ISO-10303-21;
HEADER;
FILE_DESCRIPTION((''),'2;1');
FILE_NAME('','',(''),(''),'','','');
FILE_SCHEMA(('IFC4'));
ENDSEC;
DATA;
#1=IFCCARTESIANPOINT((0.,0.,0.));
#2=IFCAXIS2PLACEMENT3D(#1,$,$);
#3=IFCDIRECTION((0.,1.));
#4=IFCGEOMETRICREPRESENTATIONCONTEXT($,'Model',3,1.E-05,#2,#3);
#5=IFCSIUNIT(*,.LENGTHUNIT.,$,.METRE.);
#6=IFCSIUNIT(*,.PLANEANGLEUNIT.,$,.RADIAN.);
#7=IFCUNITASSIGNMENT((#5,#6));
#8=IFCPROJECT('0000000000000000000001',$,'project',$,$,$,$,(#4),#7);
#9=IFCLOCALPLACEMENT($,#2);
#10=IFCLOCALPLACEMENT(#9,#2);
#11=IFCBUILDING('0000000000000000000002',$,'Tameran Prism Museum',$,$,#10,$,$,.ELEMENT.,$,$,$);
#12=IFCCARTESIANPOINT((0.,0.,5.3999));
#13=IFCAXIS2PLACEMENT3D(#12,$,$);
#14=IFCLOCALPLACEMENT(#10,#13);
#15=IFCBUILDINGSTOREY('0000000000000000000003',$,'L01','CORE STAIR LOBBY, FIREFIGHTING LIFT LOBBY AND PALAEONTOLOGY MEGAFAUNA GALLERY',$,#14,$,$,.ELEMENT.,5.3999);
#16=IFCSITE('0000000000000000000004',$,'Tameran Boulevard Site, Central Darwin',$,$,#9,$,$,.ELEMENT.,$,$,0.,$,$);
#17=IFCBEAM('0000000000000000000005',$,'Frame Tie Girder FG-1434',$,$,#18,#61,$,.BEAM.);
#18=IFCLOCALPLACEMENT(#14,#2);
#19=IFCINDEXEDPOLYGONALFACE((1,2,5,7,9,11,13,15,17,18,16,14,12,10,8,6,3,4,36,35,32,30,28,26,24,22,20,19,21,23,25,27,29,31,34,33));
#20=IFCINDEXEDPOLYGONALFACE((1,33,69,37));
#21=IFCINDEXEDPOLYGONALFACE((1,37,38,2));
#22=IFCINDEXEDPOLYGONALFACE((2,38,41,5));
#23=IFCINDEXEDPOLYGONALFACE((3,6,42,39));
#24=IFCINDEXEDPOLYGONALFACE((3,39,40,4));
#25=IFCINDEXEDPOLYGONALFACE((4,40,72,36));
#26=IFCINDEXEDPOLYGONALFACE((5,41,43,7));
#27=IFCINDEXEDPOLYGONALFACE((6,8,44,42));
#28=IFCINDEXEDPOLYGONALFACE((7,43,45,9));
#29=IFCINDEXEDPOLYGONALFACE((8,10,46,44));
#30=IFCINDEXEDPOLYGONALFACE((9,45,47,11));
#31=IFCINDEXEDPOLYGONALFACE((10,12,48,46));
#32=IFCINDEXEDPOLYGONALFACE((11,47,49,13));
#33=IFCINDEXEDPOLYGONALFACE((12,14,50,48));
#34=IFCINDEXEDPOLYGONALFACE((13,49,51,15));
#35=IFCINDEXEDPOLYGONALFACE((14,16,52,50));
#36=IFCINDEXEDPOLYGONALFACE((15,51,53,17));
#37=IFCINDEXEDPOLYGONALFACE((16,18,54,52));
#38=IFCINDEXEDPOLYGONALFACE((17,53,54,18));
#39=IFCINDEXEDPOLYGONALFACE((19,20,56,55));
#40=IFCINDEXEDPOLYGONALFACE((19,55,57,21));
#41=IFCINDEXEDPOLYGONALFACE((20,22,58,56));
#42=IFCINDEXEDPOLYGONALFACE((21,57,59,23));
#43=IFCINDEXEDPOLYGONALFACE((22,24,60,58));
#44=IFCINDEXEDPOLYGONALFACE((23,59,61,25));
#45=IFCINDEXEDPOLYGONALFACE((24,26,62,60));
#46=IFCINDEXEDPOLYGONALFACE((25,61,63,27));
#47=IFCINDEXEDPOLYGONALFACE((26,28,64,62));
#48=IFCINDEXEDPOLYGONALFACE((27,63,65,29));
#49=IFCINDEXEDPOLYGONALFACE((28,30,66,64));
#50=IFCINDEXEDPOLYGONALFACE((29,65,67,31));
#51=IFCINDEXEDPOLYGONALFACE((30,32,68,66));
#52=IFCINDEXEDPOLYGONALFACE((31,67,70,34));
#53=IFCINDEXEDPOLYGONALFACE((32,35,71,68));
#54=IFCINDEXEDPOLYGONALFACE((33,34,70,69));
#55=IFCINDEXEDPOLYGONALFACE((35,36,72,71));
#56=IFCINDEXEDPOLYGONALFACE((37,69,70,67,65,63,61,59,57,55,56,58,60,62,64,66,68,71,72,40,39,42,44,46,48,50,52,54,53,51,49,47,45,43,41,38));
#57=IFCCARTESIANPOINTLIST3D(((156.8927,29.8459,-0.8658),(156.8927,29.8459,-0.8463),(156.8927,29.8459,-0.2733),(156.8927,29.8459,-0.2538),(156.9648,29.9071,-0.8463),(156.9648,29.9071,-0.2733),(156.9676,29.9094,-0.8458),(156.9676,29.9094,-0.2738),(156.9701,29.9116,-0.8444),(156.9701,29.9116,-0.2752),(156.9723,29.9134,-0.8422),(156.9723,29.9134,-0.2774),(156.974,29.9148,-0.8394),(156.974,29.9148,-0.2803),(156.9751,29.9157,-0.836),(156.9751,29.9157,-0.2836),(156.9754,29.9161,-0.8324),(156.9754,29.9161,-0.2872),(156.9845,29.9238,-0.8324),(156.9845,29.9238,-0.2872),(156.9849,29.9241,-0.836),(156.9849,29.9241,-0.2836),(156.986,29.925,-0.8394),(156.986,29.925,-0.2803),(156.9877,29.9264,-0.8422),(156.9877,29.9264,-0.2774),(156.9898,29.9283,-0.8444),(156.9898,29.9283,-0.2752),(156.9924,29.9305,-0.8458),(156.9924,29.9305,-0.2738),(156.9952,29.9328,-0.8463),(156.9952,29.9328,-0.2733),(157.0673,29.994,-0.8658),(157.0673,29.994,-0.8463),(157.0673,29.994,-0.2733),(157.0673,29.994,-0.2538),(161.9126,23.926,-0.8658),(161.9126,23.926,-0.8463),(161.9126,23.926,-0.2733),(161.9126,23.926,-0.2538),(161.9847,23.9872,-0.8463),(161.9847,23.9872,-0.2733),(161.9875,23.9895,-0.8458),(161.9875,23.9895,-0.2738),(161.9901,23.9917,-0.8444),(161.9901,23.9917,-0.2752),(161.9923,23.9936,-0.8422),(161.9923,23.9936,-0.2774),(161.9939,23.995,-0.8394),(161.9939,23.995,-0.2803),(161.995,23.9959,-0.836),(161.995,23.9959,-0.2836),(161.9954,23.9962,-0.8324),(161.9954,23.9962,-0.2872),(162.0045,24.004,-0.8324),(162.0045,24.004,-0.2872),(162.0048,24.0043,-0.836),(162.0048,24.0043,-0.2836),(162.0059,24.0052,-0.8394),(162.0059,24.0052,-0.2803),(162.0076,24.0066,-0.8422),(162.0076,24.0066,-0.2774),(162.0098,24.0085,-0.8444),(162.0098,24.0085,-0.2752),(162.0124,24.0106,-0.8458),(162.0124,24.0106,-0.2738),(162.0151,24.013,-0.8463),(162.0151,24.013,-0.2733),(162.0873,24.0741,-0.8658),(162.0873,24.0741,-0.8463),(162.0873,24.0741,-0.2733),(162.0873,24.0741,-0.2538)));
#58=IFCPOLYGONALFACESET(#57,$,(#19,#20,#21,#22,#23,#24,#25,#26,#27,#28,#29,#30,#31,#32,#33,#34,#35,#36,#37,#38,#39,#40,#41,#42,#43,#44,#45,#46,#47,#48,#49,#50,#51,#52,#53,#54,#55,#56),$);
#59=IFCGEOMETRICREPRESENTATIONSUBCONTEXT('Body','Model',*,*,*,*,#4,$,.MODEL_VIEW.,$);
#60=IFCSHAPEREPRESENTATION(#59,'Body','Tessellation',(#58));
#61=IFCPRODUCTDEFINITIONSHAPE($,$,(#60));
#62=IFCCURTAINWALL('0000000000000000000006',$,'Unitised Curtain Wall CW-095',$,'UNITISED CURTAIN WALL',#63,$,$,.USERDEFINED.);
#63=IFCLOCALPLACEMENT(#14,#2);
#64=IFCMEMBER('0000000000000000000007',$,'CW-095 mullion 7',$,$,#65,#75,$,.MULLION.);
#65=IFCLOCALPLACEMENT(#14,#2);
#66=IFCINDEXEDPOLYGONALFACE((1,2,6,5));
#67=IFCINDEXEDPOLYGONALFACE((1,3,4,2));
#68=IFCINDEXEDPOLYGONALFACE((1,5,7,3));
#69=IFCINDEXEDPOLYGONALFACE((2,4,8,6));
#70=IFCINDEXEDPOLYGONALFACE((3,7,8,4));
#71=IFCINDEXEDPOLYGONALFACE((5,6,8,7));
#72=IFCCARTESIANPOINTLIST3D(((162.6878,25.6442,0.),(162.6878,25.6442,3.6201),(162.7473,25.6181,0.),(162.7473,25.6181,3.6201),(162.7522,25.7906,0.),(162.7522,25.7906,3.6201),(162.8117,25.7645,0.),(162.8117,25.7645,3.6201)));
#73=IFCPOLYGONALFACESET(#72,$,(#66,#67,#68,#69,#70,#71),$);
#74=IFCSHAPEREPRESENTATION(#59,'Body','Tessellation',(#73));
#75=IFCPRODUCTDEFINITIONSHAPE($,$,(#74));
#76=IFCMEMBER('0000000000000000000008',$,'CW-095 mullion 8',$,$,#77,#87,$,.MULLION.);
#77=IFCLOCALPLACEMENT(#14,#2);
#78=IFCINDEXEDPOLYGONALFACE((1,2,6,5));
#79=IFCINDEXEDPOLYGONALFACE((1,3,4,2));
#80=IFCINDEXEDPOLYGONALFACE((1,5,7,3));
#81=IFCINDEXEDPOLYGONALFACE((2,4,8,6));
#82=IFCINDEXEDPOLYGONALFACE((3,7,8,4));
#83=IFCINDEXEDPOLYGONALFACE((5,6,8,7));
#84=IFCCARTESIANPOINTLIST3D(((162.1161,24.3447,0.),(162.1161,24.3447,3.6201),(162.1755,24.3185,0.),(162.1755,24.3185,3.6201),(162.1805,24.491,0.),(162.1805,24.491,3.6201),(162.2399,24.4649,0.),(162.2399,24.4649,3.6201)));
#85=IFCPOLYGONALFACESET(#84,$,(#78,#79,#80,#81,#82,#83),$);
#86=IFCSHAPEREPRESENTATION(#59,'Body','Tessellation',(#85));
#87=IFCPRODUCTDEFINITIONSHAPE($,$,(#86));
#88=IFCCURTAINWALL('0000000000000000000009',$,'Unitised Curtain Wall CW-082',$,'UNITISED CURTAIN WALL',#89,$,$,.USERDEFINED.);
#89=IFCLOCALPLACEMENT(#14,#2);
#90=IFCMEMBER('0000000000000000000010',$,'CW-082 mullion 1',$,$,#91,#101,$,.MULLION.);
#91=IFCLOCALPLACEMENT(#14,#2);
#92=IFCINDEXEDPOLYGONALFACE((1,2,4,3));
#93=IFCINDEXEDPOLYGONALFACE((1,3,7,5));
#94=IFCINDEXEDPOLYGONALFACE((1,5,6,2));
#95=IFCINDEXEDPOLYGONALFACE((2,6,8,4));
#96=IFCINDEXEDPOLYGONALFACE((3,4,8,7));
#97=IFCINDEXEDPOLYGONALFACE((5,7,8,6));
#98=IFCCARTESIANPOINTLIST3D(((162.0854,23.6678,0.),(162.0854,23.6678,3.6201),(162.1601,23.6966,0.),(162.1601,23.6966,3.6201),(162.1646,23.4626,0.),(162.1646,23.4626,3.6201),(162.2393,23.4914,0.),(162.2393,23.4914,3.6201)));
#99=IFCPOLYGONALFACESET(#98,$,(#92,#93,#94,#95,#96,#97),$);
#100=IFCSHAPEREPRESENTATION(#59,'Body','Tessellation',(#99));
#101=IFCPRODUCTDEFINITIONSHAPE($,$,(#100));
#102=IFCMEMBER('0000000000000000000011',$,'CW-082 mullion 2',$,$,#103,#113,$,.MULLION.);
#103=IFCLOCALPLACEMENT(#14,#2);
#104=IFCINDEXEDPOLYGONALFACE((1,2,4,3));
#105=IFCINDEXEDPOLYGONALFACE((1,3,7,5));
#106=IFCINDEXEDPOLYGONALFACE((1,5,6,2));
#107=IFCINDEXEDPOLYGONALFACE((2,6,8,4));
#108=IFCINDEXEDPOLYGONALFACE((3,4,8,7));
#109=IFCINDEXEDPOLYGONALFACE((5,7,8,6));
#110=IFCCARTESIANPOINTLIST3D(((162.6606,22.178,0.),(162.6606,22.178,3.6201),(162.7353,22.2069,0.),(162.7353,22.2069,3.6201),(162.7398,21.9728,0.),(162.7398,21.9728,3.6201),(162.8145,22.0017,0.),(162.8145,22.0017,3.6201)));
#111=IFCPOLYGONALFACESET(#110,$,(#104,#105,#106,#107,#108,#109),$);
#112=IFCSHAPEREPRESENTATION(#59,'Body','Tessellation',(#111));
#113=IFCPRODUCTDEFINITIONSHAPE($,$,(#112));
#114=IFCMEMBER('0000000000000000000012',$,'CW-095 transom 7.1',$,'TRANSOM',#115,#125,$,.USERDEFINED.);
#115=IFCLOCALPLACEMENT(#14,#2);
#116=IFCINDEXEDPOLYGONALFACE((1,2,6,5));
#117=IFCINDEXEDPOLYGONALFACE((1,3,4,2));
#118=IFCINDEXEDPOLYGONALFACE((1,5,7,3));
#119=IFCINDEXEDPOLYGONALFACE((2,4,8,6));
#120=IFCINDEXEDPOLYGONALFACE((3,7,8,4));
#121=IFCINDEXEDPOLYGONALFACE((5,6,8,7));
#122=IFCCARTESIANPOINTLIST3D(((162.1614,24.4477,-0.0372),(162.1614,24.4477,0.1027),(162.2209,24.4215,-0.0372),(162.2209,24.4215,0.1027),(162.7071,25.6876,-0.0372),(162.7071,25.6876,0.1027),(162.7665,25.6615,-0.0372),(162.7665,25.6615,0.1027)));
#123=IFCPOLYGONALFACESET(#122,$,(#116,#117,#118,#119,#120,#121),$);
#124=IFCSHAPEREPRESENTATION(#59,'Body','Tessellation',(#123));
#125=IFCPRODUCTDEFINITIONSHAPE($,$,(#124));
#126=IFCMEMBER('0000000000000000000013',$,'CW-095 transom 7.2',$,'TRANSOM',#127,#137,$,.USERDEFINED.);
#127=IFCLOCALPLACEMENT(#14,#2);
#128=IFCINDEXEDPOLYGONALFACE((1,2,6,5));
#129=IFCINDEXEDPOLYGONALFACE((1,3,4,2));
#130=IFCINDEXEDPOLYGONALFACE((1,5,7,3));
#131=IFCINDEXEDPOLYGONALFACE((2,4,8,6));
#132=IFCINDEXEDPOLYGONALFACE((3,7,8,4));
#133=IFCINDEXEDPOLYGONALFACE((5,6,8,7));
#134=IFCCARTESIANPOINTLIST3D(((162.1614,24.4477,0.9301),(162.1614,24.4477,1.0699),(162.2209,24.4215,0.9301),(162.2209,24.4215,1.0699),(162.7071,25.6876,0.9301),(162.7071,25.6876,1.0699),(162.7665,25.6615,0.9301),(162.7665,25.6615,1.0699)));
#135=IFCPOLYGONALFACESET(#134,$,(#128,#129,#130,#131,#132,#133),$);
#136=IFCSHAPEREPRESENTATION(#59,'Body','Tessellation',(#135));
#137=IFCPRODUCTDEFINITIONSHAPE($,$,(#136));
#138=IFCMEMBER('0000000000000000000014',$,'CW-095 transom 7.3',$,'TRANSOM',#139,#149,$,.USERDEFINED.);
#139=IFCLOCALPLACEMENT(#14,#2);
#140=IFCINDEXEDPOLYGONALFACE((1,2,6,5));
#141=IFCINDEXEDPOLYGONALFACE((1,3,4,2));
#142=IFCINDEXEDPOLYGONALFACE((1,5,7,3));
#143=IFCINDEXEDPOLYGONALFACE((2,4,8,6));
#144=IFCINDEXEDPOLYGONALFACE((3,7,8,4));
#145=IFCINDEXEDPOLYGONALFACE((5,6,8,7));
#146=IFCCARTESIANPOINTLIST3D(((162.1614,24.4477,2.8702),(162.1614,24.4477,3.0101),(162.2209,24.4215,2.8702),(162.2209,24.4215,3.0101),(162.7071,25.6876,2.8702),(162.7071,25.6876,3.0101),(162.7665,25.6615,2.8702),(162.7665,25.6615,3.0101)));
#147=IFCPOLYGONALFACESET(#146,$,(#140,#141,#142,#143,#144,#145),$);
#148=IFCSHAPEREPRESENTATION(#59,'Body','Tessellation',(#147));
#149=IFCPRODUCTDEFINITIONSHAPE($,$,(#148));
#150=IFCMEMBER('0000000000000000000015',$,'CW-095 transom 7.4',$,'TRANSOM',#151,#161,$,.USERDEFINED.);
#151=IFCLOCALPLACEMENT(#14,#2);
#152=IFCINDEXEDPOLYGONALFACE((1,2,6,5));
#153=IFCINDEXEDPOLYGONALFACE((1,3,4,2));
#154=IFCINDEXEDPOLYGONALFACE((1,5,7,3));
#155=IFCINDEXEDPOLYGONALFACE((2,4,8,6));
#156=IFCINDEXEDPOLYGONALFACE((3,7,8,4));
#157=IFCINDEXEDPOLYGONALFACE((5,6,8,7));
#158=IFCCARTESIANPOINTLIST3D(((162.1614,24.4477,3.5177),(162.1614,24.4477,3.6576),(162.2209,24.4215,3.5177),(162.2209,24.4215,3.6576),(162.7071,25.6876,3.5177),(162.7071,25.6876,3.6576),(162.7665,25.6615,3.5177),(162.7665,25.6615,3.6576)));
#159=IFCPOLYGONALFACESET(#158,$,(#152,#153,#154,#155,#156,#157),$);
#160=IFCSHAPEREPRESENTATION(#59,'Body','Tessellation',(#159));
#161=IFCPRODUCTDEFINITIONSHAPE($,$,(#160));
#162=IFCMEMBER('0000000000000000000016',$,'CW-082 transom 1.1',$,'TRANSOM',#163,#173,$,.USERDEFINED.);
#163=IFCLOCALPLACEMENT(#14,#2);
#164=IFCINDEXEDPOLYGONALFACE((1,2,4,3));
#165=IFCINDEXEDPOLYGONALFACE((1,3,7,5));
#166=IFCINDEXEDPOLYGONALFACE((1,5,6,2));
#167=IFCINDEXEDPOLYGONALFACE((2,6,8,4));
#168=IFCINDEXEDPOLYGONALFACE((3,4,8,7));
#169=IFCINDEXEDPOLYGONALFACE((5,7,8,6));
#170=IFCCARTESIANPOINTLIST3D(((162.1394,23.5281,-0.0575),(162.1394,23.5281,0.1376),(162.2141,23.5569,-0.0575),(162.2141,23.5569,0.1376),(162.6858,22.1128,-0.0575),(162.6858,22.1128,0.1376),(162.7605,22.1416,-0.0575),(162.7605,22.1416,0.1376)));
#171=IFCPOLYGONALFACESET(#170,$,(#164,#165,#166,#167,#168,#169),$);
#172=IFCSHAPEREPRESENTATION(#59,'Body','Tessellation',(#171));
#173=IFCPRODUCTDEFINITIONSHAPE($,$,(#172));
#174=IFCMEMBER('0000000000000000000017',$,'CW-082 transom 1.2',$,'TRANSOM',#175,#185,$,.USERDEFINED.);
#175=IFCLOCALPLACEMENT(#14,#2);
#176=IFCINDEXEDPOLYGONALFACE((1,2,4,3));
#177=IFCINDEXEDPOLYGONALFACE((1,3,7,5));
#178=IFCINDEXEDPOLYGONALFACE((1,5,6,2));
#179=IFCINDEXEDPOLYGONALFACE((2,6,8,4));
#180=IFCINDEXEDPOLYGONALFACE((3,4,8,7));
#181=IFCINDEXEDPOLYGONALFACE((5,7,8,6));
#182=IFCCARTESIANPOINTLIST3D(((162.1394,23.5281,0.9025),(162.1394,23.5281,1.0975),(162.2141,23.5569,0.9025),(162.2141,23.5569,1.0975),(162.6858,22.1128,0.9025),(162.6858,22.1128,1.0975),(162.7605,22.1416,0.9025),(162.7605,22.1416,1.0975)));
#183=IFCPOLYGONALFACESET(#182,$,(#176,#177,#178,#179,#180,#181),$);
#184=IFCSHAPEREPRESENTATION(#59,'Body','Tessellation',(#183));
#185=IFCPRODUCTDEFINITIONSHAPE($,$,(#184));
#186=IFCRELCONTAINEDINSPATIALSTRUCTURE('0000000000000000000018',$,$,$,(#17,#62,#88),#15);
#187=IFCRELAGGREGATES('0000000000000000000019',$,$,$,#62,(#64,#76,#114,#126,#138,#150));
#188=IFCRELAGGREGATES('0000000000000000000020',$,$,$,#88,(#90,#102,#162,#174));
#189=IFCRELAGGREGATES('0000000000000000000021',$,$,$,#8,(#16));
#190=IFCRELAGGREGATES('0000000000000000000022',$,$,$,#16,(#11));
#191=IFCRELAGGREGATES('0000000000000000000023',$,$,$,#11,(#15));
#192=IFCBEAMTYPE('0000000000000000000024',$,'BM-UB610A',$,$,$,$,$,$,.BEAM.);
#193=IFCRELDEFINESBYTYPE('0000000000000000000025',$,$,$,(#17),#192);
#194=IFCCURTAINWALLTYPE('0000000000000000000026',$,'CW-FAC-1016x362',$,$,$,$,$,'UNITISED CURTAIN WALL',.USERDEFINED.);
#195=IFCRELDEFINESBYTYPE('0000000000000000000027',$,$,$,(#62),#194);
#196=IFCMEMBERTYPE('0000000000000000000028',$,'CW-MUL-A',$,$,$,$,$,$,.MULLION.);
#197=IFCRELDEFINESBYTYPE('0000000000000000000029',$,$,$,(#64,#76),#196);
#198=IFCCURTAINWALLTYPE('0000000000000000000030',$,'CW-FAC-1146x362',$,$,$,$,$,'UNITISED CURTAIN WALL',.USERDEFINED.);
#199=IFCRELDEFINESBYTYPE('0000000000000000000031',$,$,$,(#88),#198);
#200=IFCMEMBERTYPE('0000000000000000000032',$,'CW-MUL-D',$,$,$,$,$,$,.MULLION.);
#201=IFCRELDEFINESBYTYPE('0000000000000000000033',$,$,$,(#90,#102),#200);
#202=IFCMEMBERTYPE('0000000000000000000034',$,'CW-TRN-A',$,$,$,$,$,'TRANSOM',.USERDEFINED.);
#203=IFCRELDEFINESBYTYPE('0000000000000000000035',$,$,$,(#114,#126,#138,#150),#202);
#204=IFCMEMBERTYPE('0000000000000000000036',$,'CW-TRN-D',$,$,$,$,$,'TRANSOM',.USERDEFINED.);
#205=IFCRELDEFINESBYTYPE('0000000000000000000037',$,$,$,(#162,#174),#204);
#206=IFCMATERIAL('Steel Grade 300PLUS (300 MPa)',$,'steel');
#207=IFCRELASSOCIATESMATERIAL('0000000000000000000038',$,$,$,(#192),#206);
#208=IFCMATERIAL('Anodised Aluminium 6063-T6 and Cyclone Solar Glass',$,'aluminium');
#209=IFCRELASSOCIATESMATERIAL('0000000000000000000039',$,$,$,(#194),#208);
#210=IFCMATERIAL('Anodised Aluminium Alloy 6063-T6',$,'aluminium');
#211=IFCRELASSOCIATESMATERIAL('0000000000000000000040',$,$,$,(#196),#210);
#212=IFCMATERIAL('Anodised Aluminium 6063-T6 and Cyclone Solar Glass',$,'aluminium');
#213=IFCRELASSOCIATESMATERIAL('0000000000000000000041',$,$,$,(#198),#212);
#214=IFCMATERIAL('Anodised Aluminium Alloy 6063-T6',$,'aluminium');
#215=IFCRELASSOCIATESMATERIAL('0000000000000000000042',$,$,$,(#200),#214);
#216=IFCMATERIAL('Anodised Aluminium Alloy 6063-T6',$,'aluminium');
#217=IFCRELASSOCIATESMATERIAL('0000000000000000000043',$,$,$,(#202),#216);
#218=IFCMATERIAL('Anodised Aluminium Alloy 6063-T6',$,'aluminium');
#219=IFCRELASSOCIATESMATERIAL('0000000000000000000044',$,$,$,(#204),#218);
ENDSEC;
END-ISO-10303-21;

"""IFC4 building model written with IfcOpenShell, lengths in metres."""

from ifc_helpers import new_model, si_unit, direction, frame, origin, origin_2d, place, context, subcontext, project, spatial, rectangle, i_section, extrude, material, material_profile, profile_set, type_object, element, aggregate, save


model = new_model("IFC4")

# Units and contexts
model_context = context("Model", 3, precision=1e-05, world=origin(), true_north=direction((0.0, 1.0)))
body_context = subcontext(model_context, "Body", "Model", "MODEL_VIEW")
ifc_project = project(units=[si_unit("LENGTHUNIT", "METRE"), si_unit("PLANEANGLEUNIT", "RADIAN")], contexts=[model_context])

# Site, building, storey
site_placement = place(None, origin())
site = spatial("IfcSite", under=ifc_project, at=site_placement, Name="Tameran Boulevard Site, Central Darwin", CompositionType="ELEMENT", RefElevation=0.0)
building_placement = place(site_placement, origin())
building = spatial("IfcBuilding", under=site, at=building_placement, Name="Tameran Prism Museum", CompositionType="ELEMENT")
storey_placement = place(building_placement, frame((0.0, 0.0, 5.3999)))
storey = spatial("IfcBuildingStorey", under=building, at=storey_placement, Name="L01", Description="CORE STAIR LOBBY, FIREFIGHTING LIFT LOBBY AND PALAEONTOLOGY MEGAFAUNA GALLERY", CompositionType="ELEMENT", Elevation=5.3999)

# Beam
ifc_material_1 = material(Name="Steel Grade 300PLUS (300 MPa)", Category="steel")
ifc_material_profile_1 = material_profile(ifc_material_1, i_section(OverallWidth=0.229, OverallDepth=0.6121, WebThickness=0.012, FlangeThickness=0.0195, FilletRadius=0.0139, at=origin_2d()))
ifc_profile_set_1 = profile_set([ifc_material_profile_1])
beam_type_1 = type_object("IfcBeamType", Name="BM-UB610A", PredefinedType="BEAM", material=ifc_profile_set_1)
beam_1_placement = place(storey_placement, frame((156.98, 29.9199, -0.5598), z_axis=(0.646757, -0.762696, 0.0), x_axis=(0.762696, 0.646757, 0.0)))
element("IfcBeam", 1, at=beam_1_placement, inside=storey, type_object=beam_type_1, Name="Frame Tie Girder FG-1434", PredefinedType="BEAM", context=body_context, shape_type="SweptSolid", body=[
    extrude(i_section(OverallWidth=0.229, OverallDepth=0.6121, WebThickness=0.012, FlangeThickness=0.0195, FilletRadius=0.0139, at=origin_2d()), origin(), (0.0, 0.0, 1.0), 7.7617),
])

# Curtain walls, members
ifc_material_2 = material(Name="Anodised Aluminium 6063-T6 and Cyclone Solar Glass", Category="aluminium")
curtain_wall_type_1 = type_object("IfcCurtainWallType", Name="CW-FAC-1016x362", ElementType="UNITISED CURTAIN WALL", PredefinedType="USERDEFINED", material=ifc_material_2)
curtain_wall_1_placement = place(storey_placement, origin())
curtain_wall_1 = element("IfcCurtainWall", 2, at=curtain_wall_1_placement, inside=storey, type_object=curtain_wall_type_1, Name="Unitised Curtain Wall CW-095", ObjectType="UNITISED CURTAIN WALL", PredefinedType="USERDEFINED")
ifc_material_3 = material(Name="Anodised Aluminium Alloy 6063-T6", Category="aluminium")
ifc_material_profile_2 = material_profile(ifc_material_3, rectangle(XDim=0.0649, YDim=0.1599, at=origin_2d()))
ifc_profile_set_2 = profile_set([ifc_material_profile_2])
member_type_1 = type_object("IfcMemberType", Name="CW-MUL-A", PredefinedType="MULLION", material=ifc_profile_set_2)
member_1_placement = place(storey_placement, frame((162.7498, 25.7043, 0.0), z_axis=(0.0, 0.0, 1.0), x_axis=(0.915322, -0.402722, 0.0)))
member_1 = element("IfcMember", 3, at=member_1_placement, type_object=member_type_1, Name="CW-095 mullion 7", PredefinedType="MULLION", context=body_context, shape_type="SweptSolid", body=[
    extrude(rectangle(XDim=0.0649, YDim=0.1599, at=origin_2d()), origin(), (0.0, 0.0, 1.0), 3.6201),
])
member_2_placement = place(storey_placement, frame((162.178, 24.4048, 0.0), z_axis=(0.0, 0.0, 1.0), x_axis=(0.915322, -0.402722, 0.0)))
member_2 = element("IfcMember", 4, at=member_2_placement, type_object=member_type_1, Name="CW-095 mullion 8", PredefinedType="MULLION", context=body_context, shape_type="SweptSolid", body=[
    extrude(rectangle(XDim=0.0649, YDim=0.1599, at=origin_2d()), origin(), (0.0, 0.0, 1.0), 3.6201),
])
ifc_material_4 = material(Name="Anodised Aluminium 6063-T6 and Cyclone Solar Glass", Category="aluminium")
curtain_wall_type_2 = type_object("IfcCurtainWallType", Name="CW-FAC-1146x362", ElementType="UNITISED CURTAIN WALL", PredefinedType="USERDEFINED", material=ifc_material_4)
curtain_wall_2_placement = place(storey_placement, origin())
curtain_wall_2 = element("IfcCurtainWall", 5, at=curtain_wall_2_placement, inside=storey, type_object=curtain_wall_type_2, Name="Unitised Curtain Wall CW-082", ObjectType="UNITISED CURTAIN WALL", PredefinedType="USERDEFINED")
ifc_material_5 = material(Name="Anodised Aluminium Alloy 6063-T6", Category="aluminium")
ifc_material_profile_3 = material_profile(ifc_material_5, rectangle(XDim=0.0801, YDim=0.22, at=origin_2d()))
ifc_profile_set_3 = profile_set([ifc_material_profile_3])
member_type_2 = type_object("IfcMemberType", Name="CW-MUL-D", PredefinedType="MULLION", material=ifc_profile_set_3)
member_3_placement = place(storey_placement, frame((162.1624, 23.5796, 0.0), z_axis=(0.0, 0.0, 1.0), x_axis=(0.932922, 0.360078, 0.0)))
member_3 = element("IfcMember", 6, at=member_3_placement, type_object=member_type_2, Name="CW-082 mullion 1", PredefinedType="MULLION", context=body_context, shape_type="SweptSolid", body=[
    extrude(rectangle(XDim=0.0801, YDim=0.22, at=origin_2d()), origin(), (0.0, 0.0, 1.0), 3.6201),
])
member_4_placement = place(storey_placement, frame((162.7375, 22.0898, 0.0), z_axis=(0.0, 0.0, 1.0), x_axis=(0.932922, 0.360078, 0.0)))
member_4 = element("IfcMember", 7, at=member_4_placement, type_object=member_type_2, Name="CW-082 mullion 2", PredefinedType="MULLION", context=body_context, shape_type="SweptSolid", body=[
    extrude(rectangle(XDim=0.0801, YDim=0.22, at=origin_2d()), origin(), (0.0, 0.0, 1.0), 3.6201),
])

# Members
ifc_material_6 = material(Name="Anodised Aluminium Alloy 6063-T6", Category="aluminium")
ifc_material_profile_4 = material_profile(ifc_material_6, rectangle(XDim=0.0649, YDim=0.1399, at=origin_2d()))
ifc_profile_set_4 = profile_set([ifc_material_profile_4])
member_type_3 = type_object("IfcMemberType", Name="CW-TRN-A", ElementType="TRANSOM", PredefinedType="USERDEFINED", material=ifc_profile_set_4)
member_5_placement = place(storey_placement, frame((162.7368, 25.6746, 0.0327), z_axis=(-0.402775, -0.915299, 0.0), x_axis=(0.915299, -0.402775, 0.0)))
member_5 = element("IfcMember", 8, at=member_5_placement, type_object=member_type_3, Name="CW-095 transom 7.1", ObjectType="TRANSOM", PredefinedType="USERDEFINED", context=body_context, shape_type="SweptSolid", body=[
    extrude(rectangle(XDim=0.0649, YDim=0.1399, at=origin_2d()), origin(), (0.0, 0.0, 1.0), 1.3547),
])
member_6_placement = place(storey_placement, frame((162.7368, 25.6746, 1.0), z_axis=(-0.402775, -0.915299, 0.0), x_axis=(0.915299, -0.402775, 0.0)))
member_6 = element("IfcMember", 9, at=member_6_placement, type_object=member_type_3, Name="CW-095 transom 7.2", ObjectType="TRANSOM", PredefinedType="USERDEFINED", context=body_context, shape_type="SweptSolid", body=[
    extrude(rectangle(XDim=0.0649, YDim=0.1399, at=origin_2d()), origin(), (0.0, 0.0, 1.0), 1.3547),
])
member_7_placement = place(storey_placement, frame((162.7368, 25.6746, 2.9402), z_axis=(-0.402775, -0.915299, 0.0), x_axis=(0.915299, -0.402775, 0.0)))
member_7 = element("IfcMember", 10, at=member_7_placement, type_object=member_type_3, Name="CW-095 transom 7.3", ObjectType="TRANSOM", PredefinedType="USERDEFINED", context=body_context, shape_type="SweptSolid", body=[
    extrude(rectangle(XDim=0.0649, YDim=0.1399, at=origin_2d()), origin(), (0.0, 0.0, 1.0), 1.3547),
])
member_8_placement = place(storey_placement, frame((162.7368, 25.6746, 3.5876), z_axis=(-0.402775, -0.915299, 0.0), x_axis=(0.915299, -0.402775, 0.0)))
member_8 = element("IfcMember", 11, at=member_8_placement, type_object=member_type_3, Name="CW-095 transom 7.4", ObjectType="TRANSOM", PredefinedType="USERDEFINED", context=body_context, shape_type="SweptSolid", body=[
    extrude(rectangle(XDim=0.0649, YDim=0.1399, at=origin_2d()), origin(), (0.0, 0.0, 1.0), 1.3547),
])
ifc_material_7 = material(Name="Anodised Aluminium Alloy 6063-T6", Category="aluminium")
ifc_material_profile_5 = material_profile(ifc_material_7, rectangle(XDim=0.0801, YDim=0.1951, at=origin_2d()))
ifc_profile_set_5 = profile_set([ifc_material_profile_5])
member_type_4 = type_object("IfcMemberType", Name="CW-TRN-D", ElementType="TRANSOM", PredefinedType="USERDEFINED", material=ifc_profile_set_5)
member_9_placement = place(storey_placement, frame((162.1768, 23.5425, 0.04), z_axis=(0.360154, -0.932893, 0.0), x_axis=(0.932893, 0.360154, 0.0)))
member_9 = element("IfcMember", 12, at=member_9_placement, type_object=member_type_4, Name="CW-082 transom 1.1", ObjectType="TRANSOM", PredefinedType="USERDEFINED", context=body_context, shape_type="SweptSolid", body=[
    extrude(rectangle(XDim=0.0801, YDim=0.1951, at=origin_2d()), origin(), (0.0, 0.0, 1.0), 1.5171),
])
member_10_placement = place(storey_placement, frame((162.1768, 23.5425, 1.0), z_axis=(0.360154, -0.932893, 0.0), x_axis=(0.932893, 0.360154, 0.0)))
member_10 = element("IfcMember", 13, at=member_10_placement, type_object=member_type_4, Name="CW-082 transom 1.2", ObjectType="TRANSOM", PredefinedType="USERDEFINED", context=body_context, shape_type="SweptSolid", body=[
    extrude(rectangle(XDim=0.0801, YDim=0.1951, at=origin_2d()), origin(), (0.0, 0.0, 1.0), 1.5171),
])

aggregate(curtain_wall_1, [member_1, member_2, member_5, member_6, member_7, member_8])
aggregate(curtain_wall_2, [member_3, member_4, member_9, member_10])

save(model, "model.ifc")
